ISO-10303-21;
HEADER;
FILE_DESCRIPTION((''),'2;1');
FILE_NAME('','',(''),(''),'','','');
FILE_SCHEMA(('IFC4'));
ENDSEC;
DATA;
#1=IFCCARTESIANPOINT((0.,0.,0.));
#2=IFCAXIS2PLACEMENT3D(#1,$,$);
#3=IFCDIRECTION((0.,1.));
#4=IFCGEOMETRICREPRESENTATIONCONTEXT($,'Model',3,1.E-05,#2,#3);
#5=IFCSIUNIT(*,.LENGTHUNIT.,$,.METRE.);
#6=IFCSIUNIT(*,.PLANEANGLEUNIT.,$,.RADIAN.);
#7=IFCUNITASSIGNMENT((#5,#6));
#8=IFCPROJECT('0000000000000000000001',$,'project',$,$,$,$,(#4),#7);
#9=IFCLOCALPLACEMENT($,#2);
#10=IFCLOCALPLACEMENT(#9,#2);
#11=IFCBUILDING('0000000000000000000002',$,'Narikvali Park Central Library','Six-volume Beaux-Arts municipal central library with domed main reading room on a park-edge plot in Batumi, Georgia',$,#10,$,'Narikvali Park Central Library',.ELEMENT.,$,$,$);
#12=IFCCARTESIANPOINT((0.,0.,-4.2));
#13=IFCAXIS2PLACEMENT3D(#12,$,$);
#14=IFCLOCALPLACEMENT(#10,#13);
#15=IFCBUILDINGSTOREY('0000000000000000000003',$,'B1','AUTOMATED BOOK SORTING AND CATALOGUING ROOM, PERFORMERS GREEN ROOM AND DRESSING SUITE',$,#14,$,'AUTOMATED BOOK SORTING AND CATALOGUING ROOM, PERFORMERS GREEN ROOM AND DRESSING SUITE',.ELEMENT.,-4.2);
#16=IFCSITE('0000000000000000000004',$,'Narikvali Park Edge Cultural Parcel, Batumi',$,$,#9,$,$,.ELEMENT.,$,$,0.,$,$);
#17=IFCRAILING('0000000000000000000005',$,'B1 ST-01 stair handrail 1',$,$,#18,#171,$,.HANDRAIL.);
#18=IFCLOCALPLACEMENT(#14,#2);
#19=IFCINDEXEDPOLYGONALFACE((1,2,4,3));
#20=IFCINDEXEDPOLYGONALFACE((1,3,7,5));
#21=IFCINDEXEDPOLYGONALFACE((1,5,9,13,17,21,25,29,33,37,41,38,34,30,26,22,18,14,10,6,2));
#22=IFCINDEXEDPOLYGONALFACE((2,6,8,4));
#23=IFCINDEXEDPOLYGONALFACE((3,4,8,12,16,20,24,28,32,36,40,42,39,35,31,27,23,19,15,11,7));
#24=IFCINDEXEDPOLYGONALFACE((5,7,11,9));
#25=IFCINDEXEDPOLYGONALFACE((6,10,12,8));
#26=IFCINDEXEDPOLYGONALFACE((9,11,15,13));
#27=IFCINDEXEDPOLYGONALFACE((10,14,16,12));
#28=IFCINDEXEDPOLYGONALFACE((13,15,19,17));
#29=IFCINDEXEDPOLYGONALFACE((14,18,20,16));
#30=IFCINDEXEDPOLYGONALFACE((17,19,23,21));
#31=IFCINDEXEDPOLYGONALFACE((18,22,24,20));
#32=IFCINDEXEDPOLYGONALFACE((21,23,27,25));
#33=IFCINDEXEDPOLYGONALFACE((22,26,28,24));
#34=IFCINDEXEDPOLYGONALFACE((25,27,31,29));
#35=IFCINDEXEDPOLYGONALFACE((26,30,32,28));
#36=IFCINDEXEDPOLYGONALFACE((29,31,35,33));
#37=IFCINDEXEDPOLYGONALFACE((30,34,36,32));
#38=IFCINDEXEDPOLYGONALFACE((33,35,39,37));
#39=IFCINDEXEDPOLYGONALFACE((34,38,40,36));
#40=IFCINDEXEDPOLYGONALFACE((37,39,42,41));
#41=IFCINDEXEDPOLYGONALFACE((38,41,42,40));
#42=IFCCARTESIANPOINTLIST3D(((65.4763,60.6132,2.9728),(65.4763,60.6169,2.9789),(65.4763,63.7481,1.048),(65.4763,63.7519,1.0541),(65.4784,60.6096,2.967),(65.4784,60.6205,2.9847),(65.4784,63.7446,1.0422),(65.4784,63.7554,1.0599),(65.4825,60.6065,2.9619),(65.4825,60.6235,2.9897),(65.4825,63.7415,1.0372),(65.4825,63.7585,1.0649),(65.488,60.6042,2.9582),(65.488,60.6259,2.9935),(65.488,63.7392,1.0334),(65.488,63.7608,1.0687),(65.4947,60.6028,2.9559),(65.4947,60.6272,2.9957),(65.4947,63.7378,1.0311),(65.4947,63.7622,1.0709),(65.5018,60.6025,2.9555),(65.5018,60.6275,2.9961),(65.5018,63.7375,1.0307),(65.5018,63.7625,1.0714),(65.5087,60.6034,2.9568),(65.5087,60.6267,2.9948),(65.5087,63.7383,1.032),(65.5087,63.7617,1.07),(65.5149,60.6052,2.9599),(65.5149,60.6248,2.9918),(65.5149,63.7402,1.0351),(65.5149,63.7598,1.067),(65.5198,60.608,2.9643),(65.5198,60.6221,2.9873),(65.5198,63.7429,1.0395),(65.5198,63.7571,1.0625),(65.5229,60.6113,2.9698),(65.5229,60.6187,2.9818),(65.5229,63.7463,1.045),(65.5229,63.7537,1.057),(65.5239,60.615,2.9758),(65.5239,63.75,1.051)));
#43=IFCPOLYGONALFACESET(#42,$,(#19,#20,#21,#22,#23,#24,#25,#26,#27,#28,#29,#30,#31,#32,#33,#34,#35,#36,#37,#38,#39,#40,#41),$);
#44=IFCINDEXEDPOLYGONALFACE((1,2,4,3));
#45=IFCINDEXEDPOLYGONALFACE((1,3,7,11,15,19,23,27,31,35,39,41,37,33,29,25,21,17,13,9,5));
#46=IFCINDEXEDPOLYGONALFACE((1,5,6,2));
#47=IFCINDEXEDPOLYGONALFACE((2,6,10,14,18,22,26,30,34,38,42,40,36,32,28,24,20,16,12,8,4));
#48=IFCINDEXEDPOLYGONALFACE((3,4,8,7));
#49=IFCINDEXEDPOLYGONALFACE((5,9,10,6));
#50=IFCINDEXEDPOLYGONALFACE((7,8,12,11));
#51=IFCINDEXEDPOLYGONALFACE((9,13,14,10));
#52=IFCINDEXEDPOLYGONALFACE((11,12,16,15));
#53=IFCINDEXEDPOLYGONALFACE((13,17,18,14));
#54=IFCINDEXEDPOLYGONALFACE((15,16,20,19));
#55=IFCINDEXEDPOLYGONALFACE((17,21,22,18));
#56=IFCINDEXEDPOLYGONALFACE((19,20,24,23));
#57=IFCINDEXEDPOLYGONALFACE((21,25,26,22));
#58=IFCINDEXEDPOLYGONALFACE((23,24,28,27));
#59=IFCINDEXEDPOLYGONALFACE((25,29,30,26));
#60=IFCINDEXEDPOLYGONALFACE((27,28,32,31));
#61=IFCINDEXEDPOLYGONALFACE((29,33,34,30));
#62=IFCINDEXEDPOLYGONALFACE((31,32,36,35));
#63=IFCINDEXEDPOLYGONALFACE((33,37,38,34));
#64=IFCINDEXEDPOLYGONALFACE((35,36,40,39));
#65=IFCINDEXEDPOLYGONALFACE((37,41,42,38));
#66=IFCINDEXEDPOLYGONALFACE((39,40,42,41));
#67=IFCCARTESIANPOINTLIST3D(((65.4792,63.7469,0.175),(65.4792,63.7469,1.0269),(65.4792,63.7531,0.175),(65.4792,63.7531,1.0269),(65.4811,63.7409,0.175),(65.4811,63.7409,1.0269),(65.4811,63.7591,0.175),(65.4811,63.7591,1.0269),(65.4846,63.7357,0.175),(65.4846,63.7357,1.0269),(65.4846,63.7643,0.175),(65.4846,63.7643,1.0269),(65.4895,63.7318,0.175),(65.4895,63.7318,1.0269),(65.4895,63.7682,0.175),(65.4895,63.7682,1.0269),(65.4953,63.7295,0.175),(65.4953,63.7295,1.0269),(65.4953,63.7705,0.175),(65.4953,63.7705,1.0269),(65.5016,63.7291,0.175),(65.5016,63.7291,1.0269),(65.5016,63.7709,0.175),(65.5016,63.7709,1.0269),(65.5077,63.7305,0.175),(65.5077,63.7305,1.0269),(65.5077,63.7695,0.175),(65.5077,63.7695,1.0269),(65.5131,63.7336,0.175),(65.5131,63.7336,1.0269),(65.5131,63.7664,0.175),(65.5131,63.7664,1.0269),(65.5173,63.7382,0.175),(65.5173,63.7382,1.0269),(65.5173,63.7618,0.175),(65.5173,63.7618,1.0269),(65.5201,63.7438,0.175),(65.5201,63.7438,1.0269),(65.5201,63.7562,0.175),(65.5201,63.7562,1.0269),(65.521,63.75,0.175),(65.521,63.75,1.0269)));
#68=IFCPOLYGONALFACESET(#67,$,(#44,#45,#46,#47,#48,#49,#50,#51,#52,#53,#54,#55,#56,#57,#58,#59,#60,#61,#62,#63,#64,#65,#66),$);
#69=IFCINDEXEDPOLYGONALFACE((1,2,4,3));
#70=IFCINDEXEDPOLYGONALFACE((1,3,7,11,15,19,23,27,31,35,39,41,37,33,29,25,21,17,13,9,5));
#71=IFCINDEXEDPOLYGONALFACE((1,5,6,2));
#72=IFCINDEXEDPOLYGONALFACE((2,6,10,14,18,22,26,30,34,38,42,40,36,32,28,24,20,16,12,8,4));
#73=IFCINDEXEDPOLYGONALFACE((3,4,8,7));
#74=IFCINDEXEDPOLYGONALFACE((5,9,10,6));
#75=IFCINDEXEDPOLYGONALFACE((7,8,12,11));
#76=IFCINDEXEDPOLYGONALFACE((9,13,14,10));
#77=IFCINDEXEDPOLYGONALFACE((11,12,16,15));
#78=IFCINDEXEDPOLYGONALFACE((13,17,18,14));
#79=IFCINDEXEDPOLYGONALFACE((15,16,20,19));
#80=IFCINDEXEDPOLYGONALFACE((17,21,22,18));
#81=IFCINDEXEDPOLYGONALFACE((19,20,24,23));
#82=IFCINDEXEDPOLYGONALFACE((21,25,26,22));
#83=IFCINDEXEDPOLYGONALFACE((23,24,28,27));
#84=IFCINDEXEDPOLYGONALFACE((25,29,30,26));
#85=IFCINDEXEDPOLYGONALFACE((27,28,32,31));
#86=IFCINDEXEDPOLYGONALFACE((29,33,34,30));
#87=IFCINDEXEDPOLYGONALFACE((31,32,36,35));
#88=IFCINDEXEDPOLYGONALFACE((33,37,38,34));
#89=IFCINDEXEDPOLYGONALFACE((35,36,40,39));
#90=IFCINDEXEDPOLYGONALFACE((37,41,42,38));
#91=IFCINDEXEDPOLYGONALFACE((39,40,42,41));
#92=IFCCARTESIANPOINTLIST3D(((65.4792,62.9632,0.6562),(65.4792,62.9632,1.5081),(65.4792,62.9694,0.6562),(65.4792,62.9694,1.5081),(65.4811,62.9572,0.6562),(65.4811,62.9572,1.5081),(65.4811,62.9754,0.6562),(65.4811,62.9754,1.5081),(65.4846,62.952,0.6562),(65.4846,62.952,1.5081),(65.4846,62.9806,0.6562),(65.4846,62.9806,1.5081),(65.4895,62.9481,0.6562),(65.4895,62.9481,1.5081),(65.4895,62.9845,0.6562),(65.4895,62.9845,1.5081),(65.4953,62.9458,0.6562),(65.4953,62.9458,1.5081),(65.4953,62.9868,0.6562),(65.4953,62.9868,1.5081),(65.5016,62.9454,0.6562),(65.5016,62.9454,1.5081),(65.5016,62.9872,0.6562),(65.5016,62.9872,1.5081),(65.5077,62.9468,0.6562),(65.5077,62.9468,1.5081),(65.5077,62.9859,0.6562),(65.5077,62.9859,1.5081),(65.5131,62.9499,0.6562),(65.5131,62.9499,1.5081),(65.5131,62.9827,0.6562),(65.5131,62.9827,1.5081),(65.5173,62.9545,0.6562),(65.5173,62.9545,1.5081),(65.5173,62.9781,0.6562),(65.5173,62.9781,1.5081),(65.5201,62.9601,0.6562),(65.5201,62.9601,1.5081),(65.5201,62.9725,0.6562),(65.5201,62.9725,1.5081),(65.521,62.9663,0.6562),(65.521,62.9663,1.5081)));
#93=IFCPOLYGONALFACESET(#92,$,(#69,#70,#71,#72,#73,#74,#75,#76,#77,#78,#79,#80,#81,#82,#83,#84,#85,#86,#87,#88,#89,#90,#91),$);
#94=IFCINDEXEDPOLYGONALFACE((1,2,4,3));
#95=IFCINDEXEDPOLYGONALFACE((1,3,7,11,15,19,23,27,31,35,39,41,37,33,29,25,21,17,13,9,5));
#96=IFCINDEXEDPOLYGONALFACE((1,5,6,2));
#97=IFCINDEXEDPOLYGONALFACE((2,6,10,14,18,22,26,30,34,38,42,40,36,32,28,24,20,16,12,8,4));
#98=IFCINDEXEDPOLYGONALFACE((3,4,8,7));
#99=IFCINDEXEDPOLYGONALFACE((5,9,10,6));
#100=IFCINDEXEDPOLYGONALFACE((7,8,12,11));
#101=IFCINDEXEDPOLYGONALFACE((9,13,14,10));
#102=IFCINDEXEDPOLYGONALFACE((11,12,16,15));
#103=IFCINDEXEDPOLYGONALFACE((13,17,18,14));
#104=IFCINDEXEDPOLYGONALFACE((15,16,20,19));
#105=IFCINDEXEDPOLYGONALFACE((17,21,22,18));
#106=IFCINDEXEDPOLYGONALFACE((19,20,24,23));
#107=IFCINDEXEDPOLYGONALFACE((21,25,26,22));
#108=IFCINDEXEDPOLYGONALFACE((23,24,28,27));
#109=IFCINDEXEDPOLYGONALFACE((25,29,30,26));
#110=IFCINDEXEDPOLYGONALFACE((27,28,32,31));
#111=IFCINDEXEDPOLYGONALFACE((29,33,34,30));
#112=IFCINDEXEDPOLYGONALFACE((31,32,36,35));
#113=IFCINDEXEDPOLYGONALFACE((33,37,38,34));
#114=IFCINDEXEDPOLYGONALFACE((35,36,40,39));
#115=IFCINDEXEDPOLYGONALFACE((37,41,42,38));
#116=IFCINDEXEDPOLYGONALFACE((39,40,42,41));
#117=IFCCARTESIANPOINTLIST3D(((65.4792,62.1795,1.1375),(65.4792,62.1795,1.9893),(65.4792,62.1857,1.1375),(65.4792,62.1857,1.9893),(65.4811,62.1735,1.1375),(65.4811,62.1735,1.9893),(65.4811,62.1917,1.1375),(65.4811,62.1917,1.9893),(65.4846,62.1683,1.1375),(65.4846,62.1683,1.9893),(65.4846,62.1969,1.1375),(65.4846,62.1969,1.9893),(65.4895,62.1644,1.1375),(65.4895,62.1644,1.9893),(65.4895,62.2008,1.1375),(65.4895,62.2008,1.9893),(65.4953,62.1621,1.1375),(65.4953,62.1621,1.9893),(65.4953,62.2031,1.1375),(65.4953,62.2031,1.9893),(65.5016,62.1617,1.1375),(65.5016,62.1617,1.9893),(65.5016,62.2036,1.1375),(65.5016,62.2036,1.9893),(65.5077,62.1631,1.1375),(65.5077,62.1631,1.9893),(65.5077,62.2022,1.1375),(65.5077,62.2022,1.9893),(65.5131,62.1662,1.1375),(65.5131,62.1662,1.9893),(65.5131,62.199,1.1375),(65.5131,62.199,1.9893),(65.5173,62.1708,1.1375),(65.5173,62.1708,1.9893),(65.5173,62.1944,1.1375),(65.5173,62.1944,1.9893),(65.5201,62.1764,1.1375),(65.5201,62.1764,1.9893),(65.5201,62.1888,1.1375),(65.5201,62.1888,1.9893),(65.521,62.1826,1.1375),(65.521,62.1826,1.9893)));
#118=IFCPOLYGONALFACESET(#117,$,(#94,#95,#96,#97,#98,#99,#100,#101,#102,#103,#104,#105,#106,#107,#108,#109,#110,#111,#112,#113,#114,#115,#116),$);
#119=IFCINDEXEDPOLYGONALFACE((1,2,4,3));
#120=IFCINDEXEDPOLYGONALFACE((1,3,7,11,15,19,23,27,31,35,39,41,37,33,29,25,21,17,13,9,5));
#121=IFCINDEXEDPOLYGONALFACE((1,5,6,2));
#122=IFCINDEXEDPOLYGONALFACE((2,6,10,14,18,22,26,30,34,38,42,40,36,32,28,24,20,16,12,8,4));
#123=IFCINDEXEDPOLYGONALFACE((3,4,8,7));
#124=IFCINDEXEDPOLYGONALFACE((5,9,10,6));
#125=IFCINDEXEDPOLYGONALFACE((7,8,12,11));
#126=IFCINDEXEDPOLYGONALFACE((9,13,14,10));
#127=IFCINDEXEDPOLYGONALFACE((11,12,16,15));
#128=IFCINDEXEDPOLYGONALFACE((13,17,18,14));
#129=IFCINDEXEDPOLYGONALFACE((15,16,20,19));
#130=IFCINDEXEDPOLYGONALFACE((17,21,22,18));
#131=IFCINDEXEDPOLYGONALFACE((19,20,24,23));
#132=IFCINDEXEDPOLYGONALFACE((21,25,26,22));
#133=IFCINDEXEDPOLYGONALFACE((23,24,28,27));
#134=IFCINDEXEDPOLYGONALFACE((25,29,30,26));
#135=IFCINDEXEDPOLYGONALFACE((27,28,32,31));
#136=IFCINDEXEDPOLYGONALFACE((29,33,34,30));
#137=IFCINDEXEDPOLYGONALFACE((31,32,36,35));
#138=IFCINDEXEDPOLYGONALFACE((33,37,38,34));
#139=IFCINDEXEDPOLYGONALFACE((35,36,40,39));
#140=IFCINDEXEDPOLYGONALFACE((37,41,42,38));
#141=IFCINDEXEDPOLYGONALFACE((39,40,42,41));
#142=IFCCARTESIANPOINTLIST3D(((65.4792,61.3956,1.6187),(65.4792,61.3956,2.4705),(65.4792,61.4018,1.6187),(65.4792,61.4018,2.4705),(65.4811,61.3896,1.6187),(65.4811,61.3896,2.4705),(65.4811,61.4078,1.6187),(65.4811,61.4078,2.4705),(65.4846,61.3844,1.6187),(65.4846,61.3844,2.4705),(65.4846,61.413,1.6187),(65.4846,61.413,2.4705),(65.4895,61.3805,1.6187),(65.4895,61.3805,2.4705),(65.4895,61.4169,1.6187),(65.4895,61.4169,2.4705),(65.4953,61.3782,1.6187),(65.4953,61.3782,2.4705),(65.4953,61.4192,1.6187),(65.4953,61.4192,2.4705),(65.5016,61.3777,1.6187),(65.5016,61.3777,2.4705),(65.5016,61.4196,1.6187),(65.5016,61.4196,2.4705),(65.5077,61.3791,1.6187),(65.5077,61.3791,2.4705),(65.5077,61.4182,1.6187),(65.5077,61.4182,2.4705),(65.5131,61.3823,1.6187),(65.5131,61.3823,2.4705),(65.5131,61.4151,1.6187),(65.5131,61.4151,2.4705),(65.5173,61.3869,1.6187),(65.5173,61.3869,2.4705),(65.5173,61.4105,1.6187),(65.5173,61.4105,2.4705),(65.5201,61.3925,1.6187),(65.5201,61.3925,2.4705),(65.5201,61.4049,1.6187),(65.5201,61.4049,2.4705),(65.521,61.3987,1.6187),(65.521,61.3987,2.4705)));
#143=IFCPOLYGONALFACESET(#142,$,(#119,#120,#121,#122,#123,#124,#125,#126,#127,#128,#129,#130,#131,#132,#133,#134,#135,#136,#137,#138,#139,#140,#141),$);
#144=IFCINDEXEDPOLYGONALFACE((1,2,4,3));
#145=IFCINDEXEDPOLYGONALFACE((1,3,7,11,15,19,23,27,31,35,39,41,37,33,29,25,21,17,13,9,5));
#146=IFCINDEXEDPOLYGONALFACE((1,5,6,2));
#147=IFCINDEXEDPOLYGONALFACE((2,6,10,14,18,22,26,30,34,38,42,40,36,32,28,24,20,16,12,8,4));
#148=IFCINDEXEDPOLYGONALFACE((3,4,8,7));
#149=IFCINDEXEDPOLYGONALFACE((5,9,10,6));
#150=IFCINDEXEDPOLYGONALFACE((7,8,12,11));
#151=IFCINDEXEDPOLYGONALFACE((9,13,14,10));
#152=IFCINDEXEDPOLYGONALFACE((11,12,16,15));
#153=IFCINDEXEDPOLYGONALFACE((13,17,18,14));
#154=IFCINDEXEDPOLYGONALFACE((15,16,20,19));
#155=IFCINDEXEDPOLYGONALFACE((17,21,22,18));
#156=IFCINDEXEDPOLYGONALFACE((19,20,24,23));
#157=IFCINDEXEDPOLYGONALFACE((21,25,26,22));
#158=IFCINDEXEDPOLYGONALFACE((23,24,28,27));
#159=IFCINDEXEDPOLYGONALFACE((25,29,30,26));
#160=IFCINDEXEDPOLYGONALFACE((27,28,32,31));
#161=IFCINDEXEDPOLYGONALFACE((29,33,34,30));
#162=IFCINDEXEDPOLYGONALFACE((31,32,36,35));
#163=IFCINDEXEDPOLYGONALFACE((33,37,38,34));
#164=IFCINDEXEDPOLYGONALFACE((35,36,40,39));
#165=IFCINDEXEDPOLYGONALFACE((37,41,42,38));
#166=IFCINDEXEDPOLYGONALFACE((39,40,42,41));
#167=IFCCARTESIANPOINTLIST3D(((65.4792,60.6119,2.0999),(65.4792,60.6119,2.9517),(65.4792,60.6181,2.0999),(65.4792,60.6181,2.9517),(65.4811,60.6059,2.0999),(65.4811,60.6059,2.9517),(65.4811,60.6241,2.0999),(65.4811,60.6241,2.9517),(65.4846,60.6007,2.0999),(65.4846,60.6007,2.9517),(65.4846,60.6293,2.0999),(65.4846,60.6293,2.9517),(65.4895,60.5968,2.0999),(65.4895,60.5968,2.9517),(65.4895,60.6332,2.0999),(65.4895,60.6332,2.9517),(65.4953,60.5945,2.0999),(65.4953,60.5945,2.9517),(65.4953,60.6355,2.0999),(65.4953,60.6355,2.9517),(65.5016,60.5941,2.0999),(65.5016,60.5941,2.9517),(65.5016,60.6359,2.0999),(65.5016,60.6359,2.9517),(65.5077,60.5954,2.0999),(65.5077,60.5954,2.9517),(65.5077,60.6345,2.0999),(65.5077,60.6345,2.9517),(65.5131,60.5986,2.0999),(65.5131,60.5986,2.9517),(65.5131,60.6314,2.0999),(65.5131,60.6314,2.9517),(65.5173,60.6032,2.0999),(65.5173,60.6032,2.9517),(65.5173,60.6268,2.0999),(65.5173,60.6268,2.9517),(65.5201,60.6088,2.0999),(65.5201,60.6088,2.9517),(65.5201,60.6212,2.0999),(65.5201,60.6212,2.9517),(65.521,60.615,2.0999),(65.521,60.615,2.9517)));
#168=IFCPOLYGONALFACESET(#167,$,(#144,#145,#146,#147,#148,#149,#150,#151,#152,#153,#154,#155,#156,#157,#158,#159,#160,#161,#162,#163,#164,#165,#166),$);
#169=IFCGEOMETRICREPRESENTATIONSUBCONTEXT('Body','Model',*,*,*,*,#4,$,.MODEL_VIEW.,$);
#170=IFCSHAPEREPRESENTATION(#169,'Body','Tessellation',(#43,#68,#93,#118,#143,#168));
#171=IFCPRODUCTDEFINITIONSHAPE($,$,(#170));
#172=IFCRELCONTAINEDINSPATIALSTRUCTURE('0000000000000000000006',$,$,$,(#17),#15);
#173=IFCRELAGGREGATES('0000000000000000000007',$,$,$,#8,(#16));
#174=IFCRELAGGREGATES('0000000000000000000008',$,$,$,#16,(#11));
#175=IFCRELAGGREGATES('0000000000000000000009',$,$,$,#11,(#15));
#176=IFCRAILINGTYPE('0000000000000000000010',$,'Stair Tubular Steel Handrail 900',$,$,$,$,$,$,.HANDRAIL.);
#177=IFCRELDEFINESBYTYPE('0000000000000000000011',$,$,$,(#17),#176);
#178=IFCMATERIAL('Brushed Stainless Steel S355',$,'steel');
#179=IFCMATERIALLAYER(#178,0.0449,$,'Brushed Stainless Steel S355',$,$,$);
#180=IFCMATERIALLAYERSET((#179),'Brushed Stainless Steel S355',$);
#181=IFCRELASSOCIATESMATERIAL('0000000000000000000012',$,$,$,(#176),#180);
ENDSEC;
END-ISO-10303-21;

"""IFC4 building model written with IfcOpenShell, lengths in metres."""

from ifc_helpers import new_model, si_unit, direction, frame, origin, origin_2d, place, context, subcontext, project, spatial, circle, extrude, material, layer, layer_set, type_object, element, save


model = new_model("IFC4")

# Units and contexts
model_context = context("Model", 3, precision=1e-05, world=origin(), true_north=direction((0.0, 1.0)))
body_context = subcontext(model_context, "Body", "Model", "MODEL_VIEW")
ifc_project = project(units=[si_unit("LENGTHUNIT", "METRE"), si_unit("PLANEANGLEUNIT", "RADIAN")], contexts=[model_context])

# Site, building, storey
site_placement = place(None, origin())
site = spatial("IfcSite", under=ifc_project, at=site_placement, Name="Narikvali Park Edge Cultural Parcel, Batumi", CompositionType="ELEMENT", RefElevation=0.0)
building_placement = place(site_placement, origin())
building = spatial("IfcBuilding", under=site, at=building_placement, Name="Narikvali Park Central Library", Description="Six-volume Beaux-Arts municipal central library with domed main reading room on a park-edge plot in Batumi, Georgia", LongName="Narikvali Park Central Library", CompositionType="ELEMENT")
storey_placement = place(building_placement, frame((0.0, 0.0, -4.2)))
storey = spatial("IfcBuildingStorey", under=building, at=storey_placement, Name="B1", Description="AUTOMATED BOOK SORTING AND CATALOGUING ROOM, PERFORMERS GREEN ROOM AND DRESSING SUITE", LongName="AUTOMATED BOOK SORTING AND CATALOGUING ROOM, PERFORMERS GREEN ROOM AND DRESSING SUITE", CompositionType="ELEMENT", Elevation=-4.2)

# Railing
ifc_material_1 = material(Name="Brushed Stainless Steel S355", Category="steel")
ifc_layer_1 = layer(ifc_material_1, 0.0449, Name="Brushed Stainless Steel S355")
ifc_layer_set_1 = layer_set([ifc_layer_1], Name="Brushed Stainless Steel S355")
railing_type_1 = type_object("IfcRailingType", Name="Stair Tubular Steel Handrail 900", PredefinedType="HANDRAIL", material=ifc_layer_set_1)
railing_1_placement = place(storey_placement, frame((65.5, 63.75, 0.175)))
element("IfcRailing", 1, at=railing_1_placement, inside=storey, type_object=railing_type_1, Name="B1 ST-01 stair handrail 1", PredefinedType="HANDRAIL", context=body_context, shape_type="SweptSolid", body=[
    extrude(circle(Radius=0.0239, at=origin_2d()), frame((0.0, 0.0, 0.876), z_axis=(0.0, -0.852196, 0.523223), x_axis=(1.0, 0.0, 0.0)), (0.0, 0.0, 1.0), 3.6787),
    extrude(circle(Radius=0.021, at=origin_2d()), origin(), (0.0, 0.0, 1.0), 0.8518),
    extrude(circle(Radius=0.021, at=origin_2d()), frame((0.0, -0.7837, 0.4812)), (0.0, 0.0, 1.0), 0.8518),
    extrude(circle(Radius=0.021, at=origin_2d()), frame((0.0, -1.5674, 0.9624)), (0.0, 0.0, 1.0), 0.8518),
    extrude(circle(Radius=0.021, at=origin_2d()), frame((0.0, -2.3513, 1.4436)), (0.0, 0.0, 1.0), 0.8518),
    extrude(circle(Radius=0.021, at=origin_2d()), frame((0.0, -3.135, 1.9248)), (0.0, 0.0, 1.0), 0.8518),
])

save(model, "model.ifc")
